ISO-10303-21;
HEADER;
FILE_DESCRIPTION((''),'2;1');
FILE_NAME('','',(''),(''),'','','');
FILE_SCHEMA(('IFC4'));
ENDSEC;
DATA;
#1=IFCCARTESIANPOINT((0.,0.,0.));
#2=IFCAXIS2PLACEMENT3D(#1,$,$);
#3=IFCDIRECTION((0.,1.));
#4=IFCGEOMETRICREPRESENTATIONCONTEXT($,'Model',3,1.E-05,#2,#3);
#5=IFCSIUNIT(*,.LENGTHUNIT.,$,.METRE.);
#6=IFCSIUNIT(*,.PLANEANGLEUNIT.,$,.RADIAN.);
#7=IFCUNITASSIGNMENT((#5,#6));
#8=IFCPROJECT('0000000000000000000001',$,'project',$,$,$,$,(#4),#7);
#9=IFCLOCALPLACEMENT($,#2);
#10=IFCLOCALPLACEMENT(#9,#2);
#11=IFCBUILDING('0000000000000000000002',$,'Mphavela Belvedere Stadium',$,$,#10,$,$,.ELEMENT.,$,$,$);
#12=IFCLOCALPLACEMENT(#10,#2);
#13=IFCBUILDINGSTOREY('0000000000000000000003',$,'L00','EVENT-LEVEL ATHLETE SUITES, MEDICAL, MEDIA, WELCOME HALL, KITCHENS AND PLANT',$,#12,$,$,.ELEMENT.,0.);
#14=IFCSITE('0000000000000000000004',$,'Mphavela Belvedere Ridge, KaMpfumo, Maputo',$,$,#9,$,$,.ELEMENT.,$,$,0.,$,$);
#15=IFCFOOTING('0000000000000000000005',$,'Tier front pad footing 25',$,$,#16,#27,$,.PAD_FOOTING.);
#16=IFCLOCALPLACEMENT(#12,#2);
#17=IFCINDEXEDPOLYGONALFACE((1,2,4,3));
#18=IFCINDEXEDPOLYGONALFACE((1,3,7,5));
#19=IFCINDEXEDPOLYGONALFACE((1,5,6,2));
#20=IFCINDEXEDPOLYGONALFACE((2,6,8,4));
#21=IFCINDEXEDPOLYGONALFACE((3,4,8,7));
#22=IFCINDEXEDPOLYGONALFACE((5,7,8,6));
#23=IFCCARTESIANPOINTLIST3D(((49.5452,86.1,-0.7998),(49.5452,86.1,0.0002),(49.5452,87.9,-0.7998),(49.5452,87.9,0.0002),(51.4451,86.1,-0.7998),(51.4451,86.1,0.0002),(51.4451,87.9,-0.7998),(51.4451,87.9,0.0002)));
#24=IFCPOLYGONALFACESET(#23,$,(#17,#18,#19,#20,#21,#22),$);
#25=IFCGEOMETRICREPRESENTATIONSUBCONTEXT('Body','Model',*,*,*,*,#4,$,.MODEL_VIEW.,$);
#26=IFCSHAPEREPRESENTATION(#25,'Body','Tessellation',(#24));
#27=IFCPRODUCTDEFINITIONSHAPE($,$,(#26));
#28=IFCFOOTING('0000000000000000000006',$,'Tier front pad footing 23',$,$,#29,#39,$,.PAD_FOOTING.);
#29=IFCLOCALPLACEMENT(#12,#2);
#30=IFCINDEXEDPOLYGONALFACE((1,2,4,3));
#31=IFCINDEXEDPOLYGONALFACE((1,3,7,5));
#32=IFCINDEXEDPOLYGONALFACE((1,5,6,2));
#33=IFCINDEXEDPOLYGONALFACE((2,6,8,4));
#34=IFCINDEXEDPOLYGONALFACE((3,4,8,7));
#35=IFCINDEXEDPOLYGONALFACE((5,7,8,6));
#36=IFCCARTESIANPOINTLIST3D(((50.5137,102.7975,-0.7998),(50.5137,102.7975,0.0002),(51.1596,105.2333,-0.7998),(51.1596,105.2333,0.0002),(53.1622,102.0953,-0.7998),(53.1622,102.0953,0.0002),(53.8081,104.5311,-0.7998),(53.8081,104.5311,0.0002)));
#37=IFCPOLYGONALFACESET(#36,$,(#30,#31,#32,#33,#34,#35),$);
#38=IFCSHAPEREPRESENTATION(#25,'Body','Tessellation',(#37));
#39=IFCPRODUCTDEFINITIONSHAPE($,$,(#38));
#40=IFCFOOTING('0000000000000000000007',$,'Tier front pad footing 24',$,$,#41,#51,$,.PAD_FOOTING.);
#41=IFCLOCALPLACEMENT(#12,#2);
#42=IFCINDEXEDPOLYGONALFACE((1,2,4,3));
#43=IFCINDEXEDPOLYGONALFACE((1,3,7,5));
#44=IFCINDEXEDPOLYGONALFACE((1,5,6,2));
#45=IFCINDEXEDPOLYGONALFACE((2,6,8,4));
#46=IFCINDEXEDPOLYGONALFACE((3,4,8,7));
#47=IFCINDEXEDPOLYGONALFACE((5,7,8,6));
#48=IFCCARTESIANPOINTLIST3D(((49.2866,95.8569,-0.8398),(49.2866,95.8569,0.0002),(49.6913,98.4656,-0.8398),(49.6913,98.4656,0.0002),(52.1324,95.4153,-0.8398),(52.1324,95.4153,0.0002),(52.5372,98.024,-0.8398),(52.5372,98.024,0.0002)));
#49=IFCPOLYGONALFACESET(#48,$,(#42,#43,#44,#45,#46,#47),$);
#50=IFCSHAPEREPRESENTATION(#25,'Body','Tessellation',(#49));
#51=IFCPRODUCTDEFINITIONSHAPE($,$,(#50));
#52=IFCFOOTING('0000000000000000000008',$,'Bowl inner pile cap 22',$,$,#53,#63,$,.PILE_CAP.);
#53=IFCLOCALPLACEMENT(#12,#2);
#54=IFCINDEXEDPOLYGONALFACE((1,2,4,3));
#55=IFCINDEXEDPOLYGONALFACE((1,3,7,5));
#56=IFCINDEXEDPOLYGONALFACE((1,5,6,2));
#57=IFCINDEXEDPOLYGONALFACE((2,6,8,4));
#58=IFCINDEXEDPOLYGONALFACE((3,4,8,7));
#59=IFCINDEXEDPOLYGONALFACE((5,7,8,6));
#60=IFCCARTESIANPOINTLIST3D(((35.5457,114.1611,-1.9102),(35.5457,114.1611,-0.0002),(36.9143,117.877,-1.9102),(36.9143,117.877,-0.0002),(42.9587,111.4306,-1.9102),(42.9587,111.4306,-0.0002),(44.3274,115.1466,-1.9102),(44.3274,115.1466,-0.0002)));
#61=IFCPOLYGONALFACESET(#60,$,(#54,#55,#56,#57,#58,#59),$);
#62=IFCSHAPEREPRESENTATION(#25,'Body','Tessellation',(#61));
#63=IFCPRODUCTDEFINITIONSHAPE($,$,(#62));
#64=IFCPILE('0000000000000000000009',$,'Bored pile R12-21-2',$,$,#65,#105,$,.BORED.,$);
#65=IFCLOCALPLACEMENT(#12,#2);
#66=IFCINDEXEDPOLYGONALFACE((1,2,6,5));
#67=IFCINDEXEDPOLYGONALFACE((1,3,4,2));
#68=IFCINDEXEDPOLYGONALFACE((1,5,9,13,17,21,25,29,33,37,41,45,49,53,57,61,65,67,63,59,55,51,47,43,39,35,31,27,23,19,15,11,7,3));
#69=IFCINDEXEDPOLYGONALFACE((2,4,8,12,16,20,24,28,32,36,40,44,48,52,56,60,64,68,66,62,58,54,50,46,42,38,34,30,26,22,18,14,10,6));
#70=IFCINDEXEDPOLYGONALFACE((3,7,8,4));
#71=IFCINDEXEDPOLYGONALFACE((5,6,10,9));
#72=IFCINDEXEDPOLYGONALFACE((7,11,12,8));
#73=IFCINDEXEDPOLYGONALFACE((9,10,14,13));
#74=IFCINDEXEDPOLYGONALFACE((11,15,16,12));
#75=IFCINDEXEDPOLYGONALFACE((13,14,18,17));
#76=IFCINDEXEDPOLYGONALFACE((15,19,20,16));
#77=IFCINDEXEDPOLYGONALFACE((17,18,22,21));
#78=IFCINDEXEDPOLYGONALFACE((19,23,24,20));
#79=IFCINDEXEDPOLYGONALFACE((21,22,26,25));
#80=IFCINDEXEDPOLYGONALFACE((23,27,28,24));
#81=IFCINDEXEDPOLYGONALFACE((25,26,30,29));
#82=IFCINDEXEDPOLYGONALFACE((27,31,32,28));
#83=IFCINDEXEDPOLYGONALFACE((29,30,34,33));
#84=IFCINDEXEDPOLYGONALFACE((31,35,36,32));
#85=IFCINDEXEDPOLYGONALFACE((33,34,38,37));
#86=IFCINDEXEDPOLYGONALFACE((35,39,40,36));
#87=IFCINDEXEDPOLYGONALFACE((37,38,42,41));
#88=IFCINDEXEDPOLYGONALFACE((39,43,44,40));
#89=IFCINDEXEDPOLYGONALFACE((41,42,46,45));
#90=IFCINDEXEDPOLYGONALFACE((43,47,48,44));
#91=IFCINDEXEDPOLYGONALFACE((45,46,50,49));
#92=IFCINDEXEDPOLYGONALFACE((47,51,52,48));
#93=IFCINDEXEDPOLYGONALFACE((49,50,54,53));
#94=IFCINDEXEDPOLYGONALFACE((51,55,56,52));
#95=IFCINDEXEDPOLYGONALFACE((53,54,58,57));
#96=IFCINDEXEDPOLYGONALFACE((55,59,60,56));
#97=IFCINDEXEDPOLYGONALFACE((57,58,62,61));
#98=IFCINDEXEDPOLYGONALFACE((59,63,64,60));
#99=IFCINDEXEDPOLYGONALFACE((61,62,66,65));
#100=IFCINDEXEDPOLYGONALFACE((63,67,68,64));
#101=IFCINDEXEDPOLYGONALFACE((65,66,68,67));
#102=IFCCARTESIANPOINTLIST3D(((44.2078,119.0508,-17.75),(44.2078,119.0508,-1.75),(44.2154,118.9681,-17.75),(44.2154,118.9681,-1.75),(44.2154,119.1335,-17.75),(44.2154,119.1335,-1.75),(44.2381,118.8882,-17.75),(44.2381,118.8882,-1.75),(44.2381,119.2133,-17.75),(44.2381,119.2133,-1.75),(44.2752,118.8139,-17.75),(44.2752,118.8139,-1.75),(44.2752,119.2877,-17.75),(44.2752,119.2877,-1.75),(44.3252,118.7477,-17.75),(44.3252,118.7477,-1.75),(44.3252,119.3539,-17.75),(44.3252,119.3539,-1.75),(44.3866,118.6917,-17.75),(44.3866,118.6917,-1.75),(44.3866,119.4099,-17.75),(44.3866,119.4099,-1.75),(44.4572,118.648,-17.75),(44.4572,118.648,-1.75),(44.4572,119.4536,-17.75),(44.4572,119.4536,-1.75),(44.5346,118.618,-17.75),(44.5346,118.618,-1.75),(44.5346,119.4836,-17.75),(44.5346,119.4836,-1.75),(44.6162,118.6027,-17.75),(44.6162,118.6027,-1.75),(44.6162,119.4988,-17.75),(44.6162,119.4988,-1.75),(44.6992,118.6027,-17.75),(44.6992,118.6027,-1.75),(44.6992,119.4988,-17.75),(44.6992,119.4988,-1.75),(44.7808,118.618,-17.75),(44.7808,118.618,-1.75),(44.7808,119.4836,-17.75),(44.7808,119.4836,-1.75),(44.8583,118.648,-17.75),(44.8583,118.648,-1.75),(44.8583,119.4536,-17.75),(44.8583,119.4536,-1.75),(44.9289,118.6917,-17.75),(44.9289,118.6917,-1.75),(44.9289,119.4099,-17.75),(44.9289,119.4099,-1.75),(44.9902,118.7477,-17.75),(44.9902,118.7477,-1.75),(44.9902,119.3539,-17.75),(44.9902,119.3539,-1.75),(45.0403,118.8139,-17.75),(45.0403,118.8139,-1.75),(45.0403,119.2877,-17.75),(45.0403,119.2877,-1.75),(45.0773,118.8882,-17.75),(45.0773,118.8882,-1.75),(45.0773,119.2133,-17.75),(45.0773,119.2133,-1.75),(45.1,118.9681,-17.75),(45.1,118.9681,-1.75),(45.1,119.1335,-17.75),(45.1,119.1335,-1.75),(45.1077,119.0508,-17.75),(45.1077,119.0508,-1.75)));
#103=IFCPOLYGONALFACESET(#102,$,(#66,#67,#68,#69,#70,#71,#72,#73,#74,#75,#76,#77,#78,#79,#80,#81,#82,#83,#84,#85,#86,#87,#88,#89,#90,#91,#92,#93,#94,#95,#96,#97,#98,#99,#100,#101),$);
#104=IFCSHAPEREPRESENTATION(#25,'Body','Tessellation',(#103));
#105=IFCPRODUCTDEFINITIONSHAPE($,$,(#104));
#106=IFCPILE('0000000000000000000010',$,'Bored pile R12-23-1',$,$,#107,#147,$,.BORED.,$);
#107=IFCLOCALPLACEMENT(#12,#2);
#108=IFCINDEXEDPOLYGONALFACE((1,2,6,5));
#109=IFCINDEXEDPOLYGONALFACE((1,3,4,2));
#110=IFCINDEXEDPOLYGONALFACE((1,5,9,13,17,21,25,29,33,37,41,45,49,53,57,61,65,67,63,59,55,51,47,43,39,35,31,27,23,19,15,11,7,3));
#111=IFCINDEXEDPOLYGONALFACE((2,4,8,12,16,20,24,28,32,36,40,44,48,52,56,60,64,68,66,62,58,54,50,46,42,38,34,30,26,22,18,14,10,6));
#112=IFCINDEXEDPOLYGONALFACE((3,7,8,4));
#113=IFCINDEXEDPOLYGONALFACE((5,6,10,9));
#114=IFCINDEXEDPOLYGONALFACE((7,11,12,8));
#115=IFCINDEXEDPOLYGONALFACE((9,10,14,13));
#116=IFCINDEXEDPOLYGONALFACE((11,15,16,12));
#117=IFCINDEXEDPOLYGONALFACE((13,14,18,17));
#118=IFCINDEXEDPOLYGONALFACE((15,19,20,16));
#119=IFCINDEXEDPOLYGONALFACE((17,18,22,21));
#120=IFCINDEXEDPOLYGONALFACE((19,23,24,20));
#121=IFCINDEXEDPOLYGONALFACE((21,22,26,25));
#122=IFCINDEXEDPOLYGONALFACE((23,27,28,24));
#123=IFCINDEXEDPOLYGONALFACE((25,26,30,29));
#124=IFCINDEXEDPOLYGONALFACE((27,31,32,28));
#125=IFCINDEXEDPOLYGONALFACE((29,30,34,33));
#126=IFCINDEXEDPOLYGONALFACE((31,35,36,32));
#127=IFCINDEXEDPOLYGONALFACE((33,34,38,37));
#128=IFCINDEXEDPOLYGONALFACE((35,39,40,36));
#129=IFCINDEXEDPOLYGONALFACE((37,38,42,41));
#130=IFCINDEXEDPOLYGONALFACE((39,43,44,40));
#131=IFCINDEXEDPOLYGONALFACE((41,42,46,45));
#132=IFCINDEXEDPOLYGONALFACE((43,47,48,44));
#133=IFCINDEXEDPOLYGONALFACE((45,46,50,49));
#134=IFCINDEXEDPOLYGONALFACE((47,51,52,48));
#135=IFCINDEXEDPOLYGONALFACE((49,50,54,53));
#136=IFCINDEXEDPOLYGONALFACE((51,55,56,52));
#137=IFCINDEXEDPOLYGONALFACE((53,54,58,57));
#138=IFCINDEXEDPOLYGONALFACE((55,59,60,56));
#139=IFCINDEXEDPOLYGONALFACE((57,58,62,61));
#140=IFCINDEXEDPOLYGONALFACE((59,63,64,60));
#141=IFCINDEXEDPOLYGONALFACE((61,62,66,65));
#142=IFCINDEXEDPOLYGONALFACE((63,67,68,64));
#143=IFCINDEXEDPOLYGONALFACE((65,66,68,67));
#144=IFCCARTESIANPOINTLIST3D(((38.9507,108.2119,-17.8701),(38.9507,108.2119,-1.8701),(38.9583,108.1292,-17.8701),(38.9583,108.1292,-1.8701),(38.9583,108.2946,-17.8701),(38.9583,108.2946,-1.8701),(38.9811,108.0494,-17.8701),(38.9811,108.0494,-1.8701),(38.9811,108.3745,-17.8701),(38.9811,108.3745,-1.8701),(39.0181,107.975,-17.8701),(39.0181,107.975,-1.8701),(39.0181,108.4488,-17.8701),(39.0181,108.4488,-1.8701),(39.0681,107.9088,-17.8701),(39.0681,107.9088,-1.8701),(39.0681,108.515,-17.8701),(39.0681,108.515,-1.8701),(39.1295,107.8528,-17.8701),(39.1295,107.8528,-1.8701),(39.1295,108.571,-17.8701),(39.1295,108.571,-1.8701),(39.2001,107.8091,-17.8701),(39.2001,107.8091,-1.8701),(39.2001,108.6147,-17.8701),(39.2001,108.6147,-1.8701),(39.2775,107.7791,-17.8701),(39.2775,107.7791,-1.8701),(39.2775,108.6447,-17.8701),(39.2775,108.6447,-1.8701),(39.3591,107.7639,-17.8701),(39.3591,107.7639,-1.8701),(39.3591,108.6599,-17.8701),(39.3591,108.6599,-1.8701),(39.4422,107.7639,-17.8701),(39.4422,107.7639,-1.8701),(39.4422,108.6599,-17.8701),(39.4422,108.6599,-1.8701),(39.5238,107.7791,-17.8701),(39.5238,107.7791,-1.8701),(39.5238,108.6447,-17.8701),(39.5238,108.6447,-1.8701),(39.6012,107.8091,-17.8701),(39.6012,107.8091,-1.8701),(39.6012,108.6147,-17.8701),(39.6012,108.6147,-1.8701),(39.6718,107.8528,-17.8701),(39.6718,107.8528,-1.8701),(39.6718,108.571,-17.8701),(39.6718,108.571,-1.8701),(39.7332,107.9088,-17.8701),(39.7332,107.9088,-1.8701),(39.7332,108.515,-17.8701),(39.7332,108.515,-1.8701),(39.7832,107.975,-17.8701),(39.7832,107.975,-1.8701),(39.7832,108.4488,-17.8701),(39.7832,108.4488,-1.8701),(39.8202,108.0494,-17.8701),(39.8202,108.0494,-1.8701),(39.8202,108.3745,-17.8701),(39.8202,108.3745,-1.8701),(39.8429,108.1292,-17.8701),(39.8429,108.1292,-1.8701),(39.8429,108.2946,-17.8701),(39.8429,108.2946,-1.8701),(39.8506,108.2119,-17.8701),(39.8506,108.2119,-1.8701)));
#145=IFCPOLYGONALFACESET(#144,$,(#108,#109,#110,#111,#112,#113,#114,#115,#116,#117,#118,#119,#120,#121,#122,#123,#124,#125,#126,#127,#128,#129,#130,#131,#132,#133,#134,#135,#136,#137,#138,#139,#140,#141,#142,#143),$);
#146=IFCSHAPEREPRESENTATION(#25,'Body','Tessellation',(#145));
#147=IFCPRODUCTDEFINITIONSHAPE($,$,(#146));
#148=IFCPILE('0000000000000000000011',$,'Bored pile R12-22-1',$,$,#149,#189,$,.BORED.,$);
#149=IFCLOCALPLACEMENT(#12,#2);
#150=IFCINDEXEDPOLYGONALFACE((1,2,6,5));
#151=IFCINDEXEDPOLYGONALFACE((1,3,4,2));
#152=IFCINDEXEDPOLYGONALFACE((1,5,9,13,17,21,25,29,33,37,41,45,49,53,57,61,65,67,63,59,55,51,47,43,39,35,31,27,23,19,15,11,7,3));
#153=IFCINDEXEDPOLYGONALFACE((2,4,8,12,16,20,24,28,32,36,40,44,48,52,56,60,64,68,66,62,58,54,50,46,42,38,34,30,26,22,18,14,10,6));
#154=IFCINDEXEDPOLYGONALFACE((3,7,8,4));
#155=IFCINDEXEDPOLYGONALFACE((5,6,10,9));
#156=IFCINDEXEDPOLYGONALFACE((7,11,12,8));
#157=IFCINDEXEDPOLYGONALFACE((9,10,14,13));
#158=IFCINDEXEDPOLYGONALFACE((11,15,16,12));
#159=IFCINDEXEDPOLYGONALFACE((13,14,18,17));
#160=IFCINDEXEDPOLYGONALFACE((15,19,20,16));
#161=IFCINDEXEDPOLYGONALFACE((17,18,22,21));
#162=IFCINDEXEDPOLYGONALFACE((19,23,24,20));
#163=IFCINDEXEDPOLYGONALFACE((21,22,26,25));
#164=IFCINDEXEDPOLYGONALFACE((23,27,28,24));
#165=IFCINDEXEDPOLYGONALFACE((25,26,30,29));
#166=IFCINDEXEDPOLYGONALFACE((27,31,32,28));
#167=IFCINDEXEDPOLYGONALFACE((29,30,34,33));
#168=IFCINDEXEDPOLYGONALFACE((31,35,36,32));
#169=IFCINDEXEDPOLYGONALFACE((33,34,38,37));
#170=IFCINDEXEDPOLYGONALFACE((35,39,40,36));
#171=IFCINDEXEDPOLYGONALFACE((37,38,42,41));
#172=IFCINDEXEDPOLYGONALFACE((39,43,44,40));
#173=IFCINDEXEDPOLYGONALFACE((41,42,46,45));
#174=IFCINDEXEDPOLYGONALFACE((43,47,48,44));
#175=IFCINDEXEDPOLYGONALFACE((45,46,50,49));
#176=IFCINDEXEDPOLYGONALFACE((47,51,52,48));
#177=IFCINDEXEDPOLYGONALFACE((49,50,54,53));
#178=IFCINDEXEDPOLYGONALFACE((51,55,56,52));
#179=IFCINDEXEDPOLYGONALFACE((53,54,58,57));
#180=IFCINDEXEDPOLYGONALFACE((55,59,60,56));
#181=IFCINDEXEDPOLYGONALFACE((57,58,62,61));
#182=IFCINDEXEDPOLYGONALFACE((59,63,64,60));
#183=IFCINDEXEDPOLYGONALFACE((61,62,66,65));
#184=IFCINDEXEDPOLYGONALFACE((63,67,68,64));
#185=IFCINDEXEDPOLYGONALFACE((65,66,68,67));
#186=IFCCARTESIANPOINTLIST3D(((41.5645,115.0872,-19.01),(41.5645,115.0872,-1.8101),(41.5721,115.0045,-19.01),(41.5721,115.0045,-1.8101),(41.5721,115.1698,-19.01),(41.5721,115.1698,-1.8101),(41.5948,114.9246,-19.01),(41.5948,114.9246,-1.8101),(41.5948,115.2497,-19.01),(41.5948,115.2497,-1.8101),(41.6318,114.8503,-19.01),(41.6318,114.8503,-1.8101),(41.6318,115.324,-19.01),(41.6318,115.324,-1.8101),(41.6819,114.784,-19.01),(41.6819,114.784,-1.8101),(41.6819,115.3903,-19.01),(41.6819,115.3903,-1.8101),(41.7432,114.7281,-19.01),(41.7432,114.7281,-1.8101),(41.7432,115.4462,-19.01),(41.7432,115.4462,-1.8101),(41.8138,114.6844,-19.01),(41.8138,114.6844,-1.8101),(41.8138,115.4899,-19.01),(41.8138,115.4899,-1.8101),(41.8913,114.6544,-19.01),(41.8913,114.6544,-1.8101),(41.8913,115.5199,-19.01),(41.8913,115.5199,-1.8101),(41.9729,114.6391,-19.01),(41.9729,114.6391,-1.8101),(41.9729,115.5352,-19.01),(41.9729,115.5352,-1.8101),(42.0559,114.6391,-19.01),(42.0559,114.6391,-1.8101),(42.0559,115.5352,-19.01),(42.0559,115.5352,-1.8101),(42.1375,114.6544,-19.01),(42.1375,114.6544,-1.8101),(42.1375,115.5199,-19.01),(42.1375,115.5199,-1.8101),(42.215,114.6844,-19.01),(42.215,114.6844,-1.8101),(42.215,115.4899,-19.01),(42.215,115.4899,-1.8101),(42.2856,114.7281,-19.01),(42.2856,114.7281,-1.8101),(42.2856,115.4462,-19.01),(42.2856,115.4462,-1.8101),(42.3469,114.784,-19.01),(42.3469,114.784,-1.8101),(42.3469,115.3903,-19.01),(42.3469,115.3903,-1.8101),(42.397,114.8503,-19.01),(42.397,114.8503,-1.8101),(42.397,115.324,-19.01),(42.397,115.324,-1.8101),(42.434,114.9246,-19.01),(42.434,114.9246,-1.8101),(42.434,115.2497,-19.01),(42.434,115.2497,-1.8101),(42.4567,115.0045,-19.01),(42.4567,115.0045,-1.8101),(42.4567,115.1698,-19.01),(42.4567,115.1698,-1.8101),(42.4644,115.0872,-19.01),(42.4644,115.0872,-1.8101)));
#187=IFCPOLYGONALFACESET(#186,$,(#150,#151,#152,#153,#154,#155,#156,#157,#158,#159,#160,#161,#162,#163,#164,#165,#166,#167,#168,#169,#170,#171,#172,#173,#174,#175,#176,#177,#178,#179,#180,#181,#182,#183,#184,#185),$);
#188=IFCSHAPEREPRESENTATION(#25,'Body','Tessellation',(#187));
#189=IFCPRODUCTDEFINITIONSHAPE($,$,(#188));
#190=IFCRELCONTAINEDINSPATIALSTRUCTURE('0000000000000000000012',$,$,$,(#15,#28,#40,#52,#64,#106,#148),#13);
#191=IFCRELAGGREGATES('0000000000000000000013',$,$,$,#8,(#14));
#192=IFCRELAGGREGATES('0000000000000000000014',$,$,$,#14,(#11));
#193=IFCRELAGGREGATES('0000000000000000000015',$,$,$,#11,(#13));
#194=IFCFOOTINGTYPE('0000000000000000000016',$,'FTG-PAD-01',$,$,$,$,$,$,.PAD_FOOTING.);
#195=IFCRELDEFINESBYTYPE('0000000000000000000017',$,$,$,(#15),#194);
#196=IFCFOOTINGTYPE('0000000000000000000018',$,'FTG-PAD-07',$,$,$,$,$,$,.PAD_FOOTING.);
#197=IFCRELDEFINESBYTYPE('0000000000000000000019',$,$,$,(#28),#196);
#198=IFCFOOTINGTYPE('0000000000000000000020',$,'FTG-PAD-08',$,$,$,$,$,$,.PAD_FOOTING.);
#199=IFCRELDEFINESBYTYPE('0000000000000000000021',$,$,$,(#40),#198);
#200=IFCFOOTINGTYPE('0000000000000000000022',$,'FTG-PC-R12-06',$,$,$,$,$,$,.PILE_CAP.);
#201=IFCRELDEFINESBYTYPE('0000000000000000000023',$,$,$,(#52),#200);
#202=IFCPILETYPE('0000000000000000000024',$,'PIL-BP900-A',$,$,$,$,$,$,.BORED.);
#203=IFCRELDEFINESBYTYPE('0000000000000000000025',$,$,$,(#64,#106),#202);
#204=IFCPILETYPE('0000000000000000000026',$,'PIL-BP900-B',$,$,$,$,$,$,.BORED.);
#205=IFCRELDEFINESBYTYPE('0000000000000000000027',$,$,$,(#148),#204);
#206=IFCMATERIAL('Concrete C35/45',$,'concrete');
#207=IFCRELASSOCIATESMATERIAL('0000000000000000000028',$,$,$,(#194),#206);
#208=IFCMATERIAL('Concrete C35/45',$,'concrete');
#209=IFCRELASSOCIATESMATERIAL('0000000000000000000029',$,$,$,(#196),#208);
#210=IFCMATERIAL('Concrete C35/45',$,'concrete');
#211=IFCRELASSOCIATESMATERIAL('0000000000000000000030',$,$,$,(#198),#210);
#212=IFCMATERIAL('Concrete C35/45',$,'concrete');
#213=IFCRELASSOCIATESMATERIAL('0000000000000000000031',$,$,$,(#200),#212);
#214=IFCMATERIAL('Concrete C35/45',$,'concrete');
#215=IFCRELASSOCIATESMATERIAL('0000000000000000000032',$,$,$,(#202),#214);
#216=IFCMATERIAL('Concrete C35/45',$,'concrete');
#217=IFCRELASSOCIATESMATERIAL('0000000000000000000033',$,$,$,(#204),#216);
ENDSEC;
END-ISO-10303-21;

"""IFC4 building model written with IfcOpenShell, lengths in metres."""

from ifc_helpers import new_model, si_unit, direction, frame, origin, origin_2d, place, context, subcontext, project, spatial, rectangle, circle, extrude, material, material_profile, profile_set, type_object, element, save


model = new_model("IFC4")

# Units and contexts
model_context = context("Model", 3, precision=1e-05, world=origin(), true_north=direction((0.0, 1.0)))
body_context = subcontext(model_context, "Body", "Model", "MODEL_VIEW")
ifc_project = project(units=[si_unit("LENGTHUNIT", "METRE"), si_unit("PLANEANGLEUNIT", "RADIAN")], contexts=[model_context])

# Site, building, storey
site_placement = place(None, origin())
site = spatial("IfcSite", under=ifc_project, at=site_placement, Name="Mphavela Belvedere Ridge, KaMpfumo, Maputo", CompositionType="ELEMENT", RefElevation=0.0)
building_placement = place(site_placement, origin())
building = spatial("IfcBuilding", under=site, at=building_placement, Name="Mphavela Belvedere Stadium", CompositionType="ELEMENT")
storey_placement = place(building_placement, origin())
storey = spatial("IfcBuildingStorey", under=building, at=storey_placement, Name="L00", Description="EVENT-LEVEL ATHLETE SUITES, MEDICAL, MEDIA, WELCOME HALL, KITCHENS AND PLANT", CompositionType="ELEMENT", Elevation=0.0)

# Footings
ifc_material_1 = material(Name="Concrete C35/45", Category="concrete")
footing_type_1 = type_object("IfcFootingType", Name="FTG-PAD-01", PredefinedType="PAD_FOOTING", material=ifc_material_1)
footing_1_placement = place(storey_placement, frame((50.4951, 87.0, -0.7998), z_axis=(0.0, 0.0, 1.0), x_axis=(-1.0, 0.0, 0.0)))
element("IfcFooting", 1, at=footing_1_placement, inside=storey, type_object=footing_type_1, Name="Tier front pad footing 25", PredefinedType="PAD_FOOTING", context=body_context, shape_type="SweptSolid", body=[
    extrude(rectangle(XDim=1.8999, YDim=1.8, at=origin_2d()), origin(), (0.0, 0.0, 1.0), 0.8),
])
ifc_material_2 = material(Name="Concrete C35/45", Category="concrete")
footing_type_2 = type_object("IfcFootingType", Name="FTG-PAD-07", PredefinedType="PAD_FOOTING", material=ifc_material_2)
footing_2_placement = place(storey_placement, frame((52.1609, 103.6643, -0.7998), z_axis=(0.0, 0.0, 1.0), x_axis=(-0.9666, 0.256289, 0.0)))
element("IfcFooting", 2, at=footing_2_placement, inside=storey, type_object=footing_type_2, Name="Tier front pad footing 23", PredefinedType="PAD_FOOTING", context=body_context, shape_type="SweptSolid", body=[
    extrude(rectangle(XDim=2.74, YDim=2.52, at=origin_2d()), origin(), (0.0, 0.0, 1.0), 0.8),
])
ifc_material_3 = material(Name="Concrete C35/45", Category="concrete")
footing_type_3 = type_object("IfcFootingType", Name="FTG-PAD-08", PredefinedType="PAD_FOOTING", material=ifc_material_3)
footing_3_placement = place(storey_placement, frame((50.9119, 96.9404, -0.8398), z_axis=(0.0, 0.0, 1.0), x_axis=(-0.988175, 0.153331, 0.0)))
element("IfcFooting", 3, at=footing_3_placement, inside=storey, type_object=footing_type_3, Name="Tier front pad footing 24", PredefinedType="PAD_FOOTING", context=body_context, shape_type="SweptSolid", body=[
    extrude(rectangle(XDim=2.8799, YDim=2.6399, at=origin_2d()), origin(), (0.0, 0.0, 1.0), 0.8401),
])
ifc_material_4 = material(Name="Concrete C35/45", Category="concrete")
footing_type_4 = type_object("IfcFootingType", Name="FTG-PC-R12-06", PredefinedType="PILE_CAP", material=ifc_material_4)
footing_4_placement = place(storey_placement, frame((39.9365, 114.6538, -1.9102), z_axis=(0.0, 0.0, 1.0), x_axis=(-0.938372, 0.345626, 0.0)))
element("IfcFooting", 4, at=footing_4_placement, inside=storey, type_object=footing_type_4, Name="Bowl inner pile cap 22", PredefinedType="PILE_CAP", context=body_context, shape_type="SweptSolid", body=[
    extrude(rectangle(XDim=7.8999, YDim=3.96, at=origin_2d()), origin(), (0.0, 0.0, 1.0), 1.9099),
])

# Piles
ifc_material_5 = material(Name="Concrete C35/45", Category="concrete")
ifc_material_profile_1 = material_profile(ifc_material_5, circle(Radius=0.45, at=origin_2d()), Name="BP D900")
ifc_profile_set_1 = profile_set([ifc_material_profile_1], Name="Concrete C35/45")
pile_type_1 = type_object("IfcPileType", Name="PIL-BP900-A", PredefinedType="BORED", material=ifc_profile_set_1)
for number, where, z_axis, x_axis, name in (
    (5, (44.6577, 119.0508, -1.75), (0.0, 0.0, -1.0), (1.0, 0.0, 0.0), "Bored pile R12-21-2"),
    (6, (39.4006, 108.2119, -1.8701), (0.0, 0.0, -1.0), (1.0, 0.0, 0.0), "Bored pile R12-23-1"),
):
    element("IfcPile", number, at=place(storey_placement, frame(where, z_axis=z_axis, x_axis=x_axis)), inside=storey, type_object=pile_type_1, Name=name, PredefinedType="BORED", context=body_context, shape_type="SweptSolid", body=[
        extrude(circle(Radius=0.45, at=origin_2d()), origin(), (0.0, 0.0, 1.0), 16.0),
    ])
ifc_material_6 = material(Name="Concrete C35/45", Category="concrete")
ifc_material_profile_2 = material_profile(ifc_material_6, circle(Radius=0.45, at=origin_2d()), Name="BP D900")
ifc_profile_set_2 = profile_set([ifc_material_profile_2], Name="Concrete C35/45")
pile_type_2 = type_object("IfcPileType", Name="PIL-BP900-B", PredefinedType="BORED", material=ifc_profile_set_2)
for number, where, z_axis, x_axis, name in (
    (7, (42.0144, 115.0872, -1.8101), (0.0, 0.0, -1.0), (1.0, 0.0, 0.0), "Bored pile R12-22-1"),
):
    element("IfcPile", number, at=place(storey_placement, frame(where, z_axis=z_axis, x_axis=x_axis)), inside=storey, type_object=pile_type_2, Name=name, PredefinedType="BORED", context=body_context, shape_type="SweptSolid", body=[
        extrude(circle(Radius=0.45, at=origin_2d()), origin(), (0.0, 0.0, 1.0), 17.2),
    ])

save(model, "model.ifc")
